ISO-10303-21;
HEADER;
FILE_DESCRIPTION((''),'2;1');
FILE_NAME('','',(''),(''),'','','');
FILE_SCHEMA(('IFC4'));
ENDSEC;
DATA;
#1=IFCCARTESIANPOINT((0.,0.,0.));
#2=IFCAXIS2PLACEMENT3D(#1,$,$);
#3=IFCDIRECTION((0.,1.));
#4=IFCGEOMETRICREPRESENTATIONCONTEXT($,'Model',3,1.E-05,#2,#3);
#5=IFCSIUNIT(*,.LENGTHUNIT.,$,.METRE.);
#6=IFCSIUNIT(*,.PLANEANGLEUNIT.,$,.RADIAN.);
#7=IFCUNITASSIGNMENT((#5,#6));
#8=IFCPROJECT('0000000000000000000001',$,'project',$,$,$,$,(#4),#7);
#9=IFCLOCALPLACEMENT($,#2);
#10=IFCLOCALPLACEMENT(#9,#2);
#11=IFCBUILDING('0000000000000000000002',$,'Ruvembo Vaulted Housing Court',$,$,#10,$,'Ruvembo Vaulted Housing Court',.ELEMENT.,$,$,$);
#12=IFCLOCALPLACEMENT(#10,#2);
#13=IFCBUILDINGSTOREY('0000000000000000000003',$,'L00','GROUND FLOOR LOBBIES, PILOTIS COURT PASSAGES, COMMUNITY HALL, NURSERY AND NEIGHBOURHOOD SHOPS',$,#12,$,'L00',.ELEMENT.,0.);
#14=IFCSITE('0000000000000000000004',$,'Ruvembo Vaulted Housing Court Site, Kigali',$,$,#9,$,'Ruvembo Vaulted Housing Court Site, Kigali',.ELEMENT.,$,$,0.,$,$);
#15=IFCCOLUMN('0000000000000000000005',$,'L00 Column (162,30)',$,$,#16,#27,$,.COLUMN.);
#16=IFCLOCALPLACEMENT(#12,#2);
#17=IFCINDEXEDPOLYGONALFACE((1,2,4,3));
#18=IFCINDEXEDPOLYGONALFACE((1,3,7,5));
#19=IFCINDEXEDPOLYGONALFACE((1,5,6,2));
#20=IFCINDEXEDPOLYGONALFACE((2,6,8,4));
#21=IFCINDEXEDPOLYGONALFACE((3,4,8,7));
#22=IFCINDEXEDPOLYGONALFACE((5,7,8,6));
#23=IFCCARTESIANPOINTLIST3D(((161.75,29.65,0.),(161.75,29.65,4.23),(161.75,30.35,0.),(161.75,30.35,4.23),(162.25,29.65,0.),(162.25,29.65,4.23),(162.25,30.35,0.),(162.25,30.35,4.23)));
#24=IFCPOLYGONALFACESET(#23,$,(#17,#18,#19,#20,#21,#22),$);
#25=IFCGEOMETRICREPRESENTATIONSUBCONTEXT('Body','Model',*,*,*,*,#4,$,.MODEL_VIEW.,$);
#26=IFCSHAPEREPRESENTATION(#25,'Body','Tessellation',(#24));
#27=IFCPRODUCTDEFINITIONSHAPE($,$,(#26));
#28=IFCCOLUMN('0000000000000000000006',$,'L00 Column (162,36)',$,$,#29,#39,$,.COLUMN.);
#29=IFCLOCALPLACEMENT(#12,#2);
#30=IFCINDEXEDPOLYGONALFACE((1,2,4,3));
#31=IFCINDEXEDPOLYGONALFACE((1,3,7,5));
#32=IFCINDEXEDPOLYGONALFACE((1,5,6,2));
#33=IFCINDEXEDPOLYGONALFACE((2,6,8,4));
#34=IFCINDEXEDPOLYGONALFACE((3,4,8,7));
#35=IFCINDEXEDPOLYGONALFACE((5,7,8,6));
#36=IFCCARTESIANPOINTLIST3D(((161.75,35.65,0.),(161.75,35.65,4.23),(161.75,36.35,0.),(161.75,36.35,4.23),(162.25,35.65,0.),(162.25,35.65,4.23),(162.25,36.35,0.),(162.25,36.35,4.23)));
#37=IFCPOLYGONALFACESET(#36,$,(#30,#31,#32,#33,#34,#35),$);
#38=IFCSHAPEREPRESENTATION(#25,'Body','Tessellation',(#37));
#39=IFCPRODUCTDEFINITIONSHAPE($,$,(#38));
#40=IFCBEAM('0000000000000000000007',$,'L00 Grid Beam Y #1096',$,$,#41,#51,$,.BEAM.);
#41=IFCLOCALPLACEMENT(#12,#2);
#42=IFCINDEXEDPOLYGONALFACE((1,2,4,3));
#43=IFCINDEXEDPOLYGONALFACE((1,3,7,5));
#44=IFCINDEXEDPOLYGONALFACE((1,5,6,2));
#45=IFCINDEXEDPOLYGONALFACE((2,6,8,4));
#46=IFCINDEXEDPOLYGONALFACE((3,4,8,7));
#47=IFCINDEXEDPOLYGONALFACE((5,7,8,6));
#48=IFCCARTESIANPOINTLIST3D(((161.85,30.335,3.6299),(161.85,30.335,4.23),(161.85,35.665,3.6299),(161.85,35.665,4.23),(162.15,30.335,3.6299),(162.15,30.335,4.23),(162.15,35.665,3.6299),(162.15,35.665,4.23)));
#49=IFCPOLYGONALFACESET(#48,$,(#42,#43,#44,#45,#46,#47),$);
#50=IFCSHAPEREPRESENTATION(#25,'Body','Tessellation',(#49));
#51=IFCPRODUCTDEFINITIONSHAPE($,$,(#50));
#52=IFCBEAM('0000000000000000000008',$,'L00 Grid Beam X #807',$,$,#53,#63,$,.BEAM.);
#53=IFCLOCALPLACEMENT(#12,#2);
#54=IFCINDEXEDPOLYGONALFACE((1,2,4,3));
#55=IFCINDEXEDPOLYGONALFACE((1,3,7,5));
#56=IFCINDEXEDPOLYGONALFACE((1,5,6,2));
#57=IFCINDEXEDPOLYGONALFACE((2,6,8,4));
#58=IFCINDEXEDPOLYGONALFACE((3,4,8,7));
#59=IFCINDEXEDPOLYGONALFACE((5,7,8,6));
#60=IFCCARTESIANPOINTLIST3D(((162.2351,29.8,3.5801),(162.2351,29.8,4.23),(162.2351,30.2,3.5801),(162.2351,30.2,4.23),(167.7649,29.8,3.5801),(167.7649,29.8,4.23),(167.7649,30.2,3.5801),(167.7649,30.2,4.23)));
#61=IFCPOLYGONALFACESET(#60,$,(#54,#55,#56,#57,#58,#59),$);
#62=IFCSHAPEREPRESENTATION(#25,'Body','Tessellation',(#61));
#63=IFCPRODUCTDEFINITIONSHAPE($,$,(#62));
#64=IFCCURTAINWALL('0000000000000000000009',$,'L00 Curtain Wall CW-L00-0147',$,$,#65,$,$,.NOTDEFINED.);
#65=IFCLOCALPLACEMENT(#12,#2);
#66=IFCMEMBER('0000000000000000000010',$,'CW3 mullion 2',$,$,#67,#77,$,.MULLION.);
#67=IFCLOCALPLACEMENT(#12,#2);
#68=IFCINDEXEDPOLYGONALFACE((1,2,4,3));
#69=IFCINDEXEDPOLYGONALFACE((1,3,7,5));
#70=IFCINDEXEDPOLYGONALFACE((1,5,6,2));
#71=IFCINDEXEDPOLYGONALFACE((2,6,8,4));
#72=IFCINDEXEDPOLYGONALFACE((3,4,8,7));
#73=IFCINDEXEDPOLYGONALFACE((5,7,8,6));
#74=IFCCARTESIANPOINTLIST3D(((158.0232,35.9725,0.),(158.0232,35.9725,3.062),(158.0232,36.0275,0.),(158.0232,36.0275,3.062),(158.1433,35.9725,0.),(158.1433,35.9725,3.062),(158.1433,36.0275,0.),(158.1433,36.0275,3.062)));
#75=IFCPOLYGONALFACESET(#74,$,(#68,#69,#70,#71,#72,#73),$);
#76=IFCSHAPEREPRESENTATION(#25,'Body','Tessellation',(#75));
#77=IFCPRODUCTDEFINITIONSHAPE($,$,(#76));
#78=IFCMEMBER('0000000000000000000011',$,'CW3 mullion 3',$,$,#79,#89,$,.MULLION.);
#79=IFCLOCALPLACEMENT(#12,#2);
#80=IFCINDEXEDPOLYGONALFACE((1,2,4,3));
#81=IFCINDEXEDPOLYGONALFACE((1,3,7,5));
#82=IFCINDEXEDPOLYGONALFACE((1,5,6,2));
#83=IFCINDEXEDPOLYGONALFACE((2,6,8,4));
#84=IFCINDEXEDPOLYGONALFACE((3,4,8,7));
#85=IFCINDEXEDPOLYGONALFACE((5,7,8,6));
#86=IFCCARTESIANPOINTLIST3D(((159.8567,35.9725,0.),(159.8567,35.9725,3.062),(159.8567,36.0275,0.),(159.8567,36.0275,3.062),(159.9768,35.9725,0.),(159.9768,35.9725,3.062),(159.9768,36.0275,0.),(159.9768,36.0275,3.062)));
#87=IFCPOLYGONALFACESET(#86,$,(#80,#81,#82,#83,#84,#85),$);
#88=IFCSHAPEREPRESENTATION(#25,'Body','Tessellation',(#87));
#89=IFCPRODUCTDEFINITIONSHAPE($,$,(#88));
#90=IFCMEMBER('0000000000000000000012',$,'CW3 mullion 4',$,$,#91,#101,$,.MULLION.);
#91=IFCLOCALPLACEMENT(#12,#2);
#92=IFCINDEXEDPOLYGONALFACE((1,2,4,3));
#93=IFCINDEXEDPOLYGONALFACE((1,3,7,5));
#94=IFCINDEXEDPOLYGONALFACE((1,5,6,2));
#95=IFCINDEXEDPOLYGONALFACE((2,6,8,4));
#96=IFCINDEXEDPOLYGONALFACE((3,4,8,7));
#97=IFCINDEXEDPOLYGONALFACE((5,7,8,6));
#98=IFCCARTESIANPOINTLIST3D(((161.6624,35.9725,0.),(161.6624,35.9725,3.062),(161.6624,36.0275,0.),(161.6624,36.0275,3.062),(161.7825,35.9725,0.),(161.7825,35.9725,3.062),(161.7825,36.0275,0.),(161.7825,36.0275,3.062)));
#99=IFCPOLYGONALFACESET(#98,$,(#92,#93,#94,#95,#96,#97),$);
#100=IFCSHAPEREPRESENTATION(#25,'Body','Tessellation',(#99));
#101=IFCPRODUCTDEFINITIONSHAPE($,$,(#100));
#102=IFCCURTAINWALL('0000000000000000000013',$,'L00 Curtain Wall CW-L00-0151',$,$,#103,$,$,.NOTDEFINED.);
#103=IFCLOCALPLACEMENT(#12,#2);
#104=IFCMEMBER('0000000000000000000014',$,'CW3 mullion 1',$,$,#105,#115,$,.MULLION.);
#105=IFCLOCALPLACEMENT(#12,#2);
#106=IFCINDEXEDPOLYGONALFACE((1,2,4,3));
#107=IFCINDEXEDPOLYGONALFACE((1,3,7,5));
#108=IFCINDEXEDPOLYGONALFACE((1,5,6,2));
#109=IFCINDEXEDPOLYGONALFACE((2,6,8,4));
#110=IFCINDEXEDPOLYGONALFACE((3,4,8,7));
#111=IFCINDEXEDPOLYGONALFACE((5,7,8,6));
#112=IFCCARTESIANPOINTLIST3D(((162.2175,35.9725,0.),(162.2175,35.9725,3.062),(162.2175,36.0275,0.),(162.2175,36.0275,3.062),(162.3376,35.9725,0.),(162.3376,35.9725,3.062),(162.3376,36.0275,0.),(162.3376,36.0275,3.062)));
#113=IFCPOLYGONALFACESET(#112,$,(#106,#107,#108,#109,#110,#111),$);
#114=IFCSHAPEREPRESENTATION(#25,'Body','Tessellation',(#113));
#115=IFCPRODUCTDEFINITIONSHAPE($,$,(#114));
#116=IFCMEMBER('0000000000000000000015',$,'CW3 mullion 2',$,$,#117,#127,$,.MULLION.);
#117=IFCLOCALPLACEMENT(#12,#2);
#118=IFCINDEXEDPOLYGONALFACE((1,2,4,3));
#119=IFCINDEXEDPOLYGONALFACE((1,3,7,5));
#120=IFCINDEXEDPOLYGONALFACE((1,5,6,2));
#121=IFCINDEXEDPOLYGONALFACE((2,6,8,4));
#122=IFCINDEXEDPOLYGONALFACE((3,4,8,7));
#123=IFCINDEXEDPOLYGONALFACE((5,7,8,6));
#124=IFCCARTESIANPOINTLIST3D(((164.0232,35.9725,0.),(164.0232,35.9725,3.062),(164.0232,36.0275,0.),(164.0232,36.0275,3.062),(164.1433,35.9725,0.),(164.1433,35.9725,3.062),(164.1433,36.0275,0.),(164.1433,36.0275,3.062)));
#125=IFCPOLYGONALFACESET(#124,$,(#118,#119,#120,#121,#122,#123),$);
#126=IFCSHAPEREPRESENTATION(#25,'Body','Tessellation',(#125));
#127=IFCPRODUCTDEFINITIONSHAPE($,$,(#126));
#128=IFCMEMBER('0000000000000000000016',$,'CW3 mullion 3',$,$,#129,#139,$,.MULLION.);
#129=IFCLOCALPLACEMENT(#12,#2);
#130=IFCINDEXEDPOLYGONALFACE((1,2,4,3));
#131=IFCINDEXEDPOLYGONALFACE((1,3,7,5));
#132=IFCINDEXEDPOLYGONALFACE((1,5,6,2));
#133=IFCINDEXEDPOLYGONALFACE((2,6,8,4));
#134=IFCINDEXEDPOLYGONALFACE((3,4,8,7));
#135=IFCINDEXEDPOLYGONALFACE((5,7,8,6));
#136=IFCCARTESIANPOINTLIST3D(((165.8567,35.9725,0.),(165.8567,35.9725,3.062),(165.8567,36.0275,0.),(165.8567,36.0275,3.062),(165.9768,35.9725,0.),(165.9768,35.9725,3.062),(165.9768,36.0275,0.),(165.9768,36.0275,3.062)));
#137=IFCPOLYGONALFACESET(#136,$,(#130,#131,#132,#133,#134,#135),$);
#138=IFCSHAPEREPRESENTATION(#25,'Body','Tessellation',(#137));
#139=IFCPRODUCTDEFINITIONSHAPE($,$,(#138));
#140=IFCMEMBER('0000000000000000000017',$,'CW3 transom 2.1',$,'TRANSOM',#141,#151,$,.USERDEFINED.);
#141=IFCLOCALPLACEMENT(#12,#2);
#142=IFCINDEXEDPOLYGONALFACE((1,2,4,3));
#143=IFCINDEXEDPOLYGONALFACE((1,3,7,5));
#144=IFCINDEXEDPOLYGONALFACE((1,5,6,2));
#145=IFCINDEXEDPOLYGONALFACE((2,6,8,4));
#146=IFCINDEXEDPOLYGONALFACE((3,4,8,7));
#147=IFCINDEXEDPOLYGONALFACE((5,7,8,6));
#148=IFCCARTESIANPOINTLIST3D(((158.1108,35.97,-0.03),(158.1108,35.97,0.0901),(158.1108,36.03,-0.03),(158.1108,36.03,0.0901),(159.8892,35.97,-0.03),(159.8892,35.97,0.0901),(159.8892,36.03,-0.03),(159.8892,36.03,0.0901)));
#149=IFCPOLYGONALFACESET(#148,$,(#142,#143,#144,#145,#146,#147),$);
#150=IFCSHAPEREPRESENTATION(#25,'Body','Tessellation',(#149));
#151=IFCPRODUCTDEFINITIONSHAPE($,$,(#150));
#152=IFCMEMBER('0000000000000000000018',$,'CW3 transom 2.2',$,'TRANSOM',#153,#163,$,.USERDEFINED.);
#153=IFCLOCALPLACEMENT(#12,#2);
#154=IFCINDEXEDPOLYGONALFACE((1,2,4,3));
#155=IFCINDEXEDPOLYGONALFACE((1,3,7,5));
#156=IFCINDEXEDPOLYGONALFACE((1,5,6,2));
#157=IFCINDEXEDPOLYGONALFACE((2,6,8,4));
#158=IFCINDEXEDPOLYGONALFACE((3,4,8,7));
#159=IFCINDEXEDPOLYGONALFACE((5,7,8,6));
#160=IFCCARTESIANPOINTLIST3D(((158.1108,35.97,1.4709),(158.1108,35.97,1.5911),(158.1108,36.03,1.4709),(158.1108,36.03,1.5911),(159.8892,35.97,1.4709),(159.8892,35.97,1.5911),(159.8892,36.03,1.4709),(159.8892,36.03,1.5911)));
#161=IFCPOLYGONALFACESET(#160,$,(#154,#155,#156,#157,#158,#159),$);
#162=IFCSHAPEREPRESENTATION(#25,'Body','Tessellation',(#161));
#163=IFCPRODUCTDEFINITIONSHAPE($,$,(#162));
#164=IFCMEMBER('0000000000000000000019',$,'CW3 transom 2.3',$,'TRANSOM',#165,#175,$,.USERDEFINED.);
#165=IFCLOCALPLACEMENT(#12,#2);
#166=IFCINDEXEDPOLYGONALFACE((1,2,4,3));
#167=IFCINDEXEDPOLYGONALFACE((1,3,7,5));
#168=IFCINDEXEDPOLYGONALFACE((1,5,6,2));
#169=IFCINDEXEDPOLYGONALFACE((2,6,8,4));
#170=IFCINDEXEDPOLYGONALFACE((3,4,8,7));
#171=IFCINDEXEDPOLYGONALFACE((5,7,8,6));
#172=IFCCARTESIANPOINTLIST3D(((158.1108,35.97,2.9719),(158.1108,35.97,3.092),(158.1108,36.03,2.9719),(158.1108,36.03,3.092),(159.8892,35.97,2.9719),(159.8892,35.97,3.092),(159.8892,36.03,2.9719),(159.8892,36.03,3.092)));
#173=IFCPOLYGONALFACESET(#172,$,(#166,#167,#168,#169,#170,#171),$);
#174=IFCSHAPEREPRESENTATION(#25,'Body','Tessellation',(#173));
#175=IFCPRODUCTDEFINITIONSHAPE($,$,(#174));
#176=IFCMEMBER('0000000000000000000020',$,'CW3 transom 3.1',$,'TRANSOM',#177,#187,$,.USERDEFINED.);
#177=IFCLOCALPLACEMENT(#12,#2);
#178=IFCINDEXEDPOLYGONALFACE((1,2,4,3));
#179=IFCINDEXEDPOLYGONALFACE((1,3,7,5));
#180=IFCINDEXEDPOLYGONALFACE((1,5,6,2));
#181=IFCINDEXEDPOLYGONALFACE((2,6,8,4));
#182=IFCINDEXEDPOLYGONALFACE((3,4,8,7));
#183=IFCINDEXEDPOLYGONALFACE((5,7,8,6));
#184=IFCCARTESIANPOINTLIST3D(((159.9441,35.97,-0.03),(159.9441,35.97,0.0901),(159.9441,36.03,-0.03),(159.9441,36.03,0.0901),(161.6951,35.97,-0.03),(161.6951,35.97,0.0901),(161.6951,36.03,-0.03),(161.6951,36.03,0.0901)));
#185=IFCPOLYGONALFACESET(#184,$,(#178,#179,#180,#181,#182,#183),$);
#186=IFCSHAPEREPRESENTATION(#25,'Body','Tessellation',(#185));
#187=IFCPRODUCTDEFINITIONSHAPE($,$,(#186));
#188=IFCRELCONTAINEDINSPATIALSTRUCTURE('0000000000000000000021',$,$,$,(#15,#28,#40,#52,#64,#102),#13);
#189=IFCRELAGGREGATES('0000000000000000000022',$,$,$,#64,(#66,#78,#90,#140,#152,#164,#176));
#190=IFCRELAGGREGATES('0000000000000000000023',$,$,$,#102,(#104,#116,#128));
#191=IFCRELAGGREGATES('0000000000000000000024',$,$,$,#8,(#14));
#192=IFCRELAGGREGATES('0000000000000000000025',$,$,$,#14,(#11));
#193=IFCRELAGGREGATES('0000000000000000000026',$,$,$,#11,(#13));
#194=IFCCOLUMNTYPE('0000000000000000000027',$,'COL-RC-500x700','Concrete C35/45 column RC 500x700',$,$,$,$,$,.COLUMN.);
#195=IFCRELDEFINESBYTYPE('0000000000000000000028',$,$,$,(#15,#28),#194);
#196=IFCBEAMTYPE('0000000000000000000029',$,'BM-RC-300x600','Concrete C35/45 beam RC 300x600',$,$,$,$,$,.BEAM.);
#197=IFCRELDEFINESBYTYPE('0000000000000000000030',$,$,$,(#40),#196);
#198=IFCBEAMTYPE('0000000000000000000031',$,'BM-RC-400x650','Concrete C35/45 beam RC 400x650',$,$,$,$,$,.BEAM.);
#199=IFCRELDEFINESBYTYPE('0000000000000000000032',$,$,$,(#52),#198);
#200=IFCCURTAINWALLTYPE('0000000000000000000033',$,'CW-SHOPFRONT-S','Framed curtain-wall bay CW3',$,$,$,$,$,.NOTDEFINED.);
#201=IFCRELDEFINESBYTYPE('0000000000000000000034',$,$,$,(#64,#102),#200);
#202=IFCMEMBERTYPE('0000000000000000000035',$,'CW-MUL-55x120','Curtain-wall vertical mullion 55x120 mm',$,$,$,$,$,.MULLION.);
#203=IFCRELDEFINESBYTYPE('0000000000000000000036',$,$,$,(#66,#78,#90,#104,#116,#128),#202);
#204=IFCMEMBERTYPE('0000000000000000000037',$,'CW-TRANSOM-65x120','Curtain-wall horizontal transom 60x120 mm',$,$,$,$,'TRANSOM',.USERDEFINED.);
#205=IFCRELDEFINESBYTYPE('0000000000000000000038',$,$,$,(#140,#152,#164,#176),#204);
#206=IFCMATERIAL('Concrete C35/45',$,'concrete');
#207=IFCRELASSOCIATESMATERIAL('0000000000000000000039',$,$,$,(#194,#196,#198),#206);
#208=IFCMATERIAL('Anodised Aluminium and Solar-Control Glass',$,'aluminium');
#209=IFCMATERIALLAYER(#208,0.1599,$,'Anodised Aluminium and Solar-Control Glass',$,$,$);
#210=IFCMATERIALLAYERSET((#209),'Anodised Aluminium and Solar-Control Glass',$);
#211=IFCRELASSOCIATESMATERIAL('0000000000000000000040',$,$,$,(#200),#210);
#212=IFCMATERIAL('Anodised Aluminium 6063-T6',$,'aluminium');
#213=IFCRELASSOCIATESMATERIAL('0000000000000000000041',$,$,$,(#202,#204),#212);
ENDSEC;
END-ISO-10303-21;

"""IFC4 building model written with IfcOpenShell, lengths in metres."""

from ifc_helpers import new_model, si_unit, direction, frame, origin, origin_2d, place, context, subcontext, project, spatial, rectangle, extrude, material, layer, layer_set, material_profile, profile_set, type_object, element, aggregate, save


model = new_model("IFC4")

# Units and contexts
model_context = context("Model", 3, precision=1e-05, world=origin(), true_north=direction((0.0, 1.0)))
body_context = subcontext(model_context, "Body", "Model", "MODEL_VIEW")
ifc_project = project(units=[si_unit("LENGTHUNIT", "METRE"), si_unit("PLANEANGLEUNIT", "RADIAN")], contexts=[model_context])

# Site, building, storey
site_placement = place(None, origin())
site = spatial("IfcSite", under=ifc_project, at=site_placement, Name="Ruvembo Vaulted Housing Court Site, Kigali", LongName="Ruvembo Vaulted Housing Court Site, Kigali", CompositionType="ELEMENT", RefElevation=0.0)
building_placement = place(site_placement, origin())
building = spatial("IfcBuilding", under=site, at=building_placement, Name="Ruvembo Vaulted Housing Court", LongName="Ruvembo Vaulted Housing Court", CompositionType="ELEMENT")
storey_placement = place(building_placement, origin())
storey = spatial("IfcBuildingStorey", under=building, at=storey_placement, Name="L00", Description="GROUND FLOOR LOBBIES, PILOTIS COURT PASSAGES, COMMUNITY HALL, NURSERY AND NEIGHBOURHOOD SHOPS", LongName="L00", CompositionType="ELEMENT", Elevation=0.0)

# Columns
ifc_material_1 = material(Name="Concrete C35/45", Category="concrete")
ifc_material_profile_1 = material_profile(ifc_material_1, rectangle(XDim=0.5, YDim=0.7, at=origin_2d()), Name="RC 500x700")
ifc_profile_set_1 = profile_set([ifc_material_profile_1], Name="Concrete C35/45")
column_type = type_object("IfcColumnType", Name="COL-RC-500x700", Description="Concrete C35/45 column RC 500x700", PredefinedType="COLUMN", material=ifc_profile_set_1)
for number, where, z_axis, x_axis, name in (
    (1, (162.0, 30.0, 0.0), (0.0, 0.0, 1.0), (1.0, 0.0, 0.0), "L00 Column (162,30)"),
    (2, (162.0, 36.0, 0.0), (0.0, 0.0, 1.0), (1.0, 0.0, 0.0), "L00 Column (162,36)"),
):
    element("IfcColumn", number, at=place(storey_placement, frame(where, z_axis=z_axis, x_axis=x_axis)), inside=storey, type_object=column_type, Name=name, PredefinedType="COLUMN", context=body_context, shape_type="SweptSolid", body=[
        extrude(rectangle(XDim=0.5, YDim=0.7, at=origin_2d()), origin(), (0.0, 0.0, 1.0), 4.23),
    ])

# Beams
ifc_material_profile_2 = material_profile(ifc_material_1, rectangle(XDim=0.3, YDim=0.6001, at=origin_2d()), Name="RC 300x600")
ifc_profile_set_2 = profile_set([ifc_material_profile_2], Name="Concrete C35/45")
beam_type_1 = type_object("IfcBeamType", Name="BM-RC-300x600", Description="Concrete C35/45 beam RC 300x600", PredefinedType="BEAM", material=ifc_profile_set_2)
beam_1_placement = place(storey_placement, frame((162.0, 30.335, 3.9299), z_axis=(0.0, 1.0, 0.0), x_axis=(-1.0, 0.0, 0.0)))
element("IfcBeam", 3, at=beam_1_placement, inside=storey, type_object=beam_type_1, Name="L00 Grid Beam Y #1096", PredefinedType="BEAM", context=body_context, shape_type="SweptSolid", body=[
    extrude(rectangle(XDim=0.3, YDim=0.6001, at=origin_2d()), origin(), (0.0, 0.0, 1.0), 5.3301),
])
ifc_material_profile_3 = material_profile(ifc_material_1, rectangle(XDim=0.3999, YDim=0.6499, at=origin_2d()), Name="RC 400x650")
ifc_profile_set_3 = profile_set([ifc_material_profile_3], Name="Concrete C35/45")
beam_type_2 = type_object("IfcBeamType", Name="BM-RC-400x650", Description="Concrete C35/45 beam RC 400x650", PredefinedType="BEAM", material=ifc_profile_set_3)
beam_2_placement = place(storey_placement, frame((162.2351, 30.0, 3.905), z_axis=(1.0, 0.0, 0.0), x_axis=(0.0, 1.0, 0.0)))
element("IfcBeam", 4, at=beam_2_placement, inside=storey, type_object=beam_type_2, Name="L00 Grid Beam X #807", PredefinedType="BEAM", context=body_context, shape_type="SweptSolid", body=[
    extrude(rectangle(XDim=0.3999, YDim=0.6499, at=origin_2d()), origin(), (0.0, 0.0, 1.0), 5.5298),
])

# Curtain walls, members
ifc_material_2 = material(Name="Anodised Aluminium and Solar-Control Glass", Category="aluminium")
ifc_layer_1 = layer(ifc_material_2, 0.1599, Name="Anodised Aluminium and Solar-Control Glass")
ifc_layer_set_1 = layer_set([ifc_layer_1], Name="Anodised Aluminium and Solar-Control Glass")
curtain_wall_type = type_object("IfcCurtainWallType", Name="CW-SHOPFRONT-S", Description="Framed curtain-wall bay CW3", PredefinedType="NOTDEFINED", material=ifc_layer_set_1)
curtain_wall_1_placement = place(storey_placement, origin())
curtain_wall_1 = element("IfcCurtainWall", 5, at=curtain_wall_1_placement, inside=storey, type_object=curtain_wall_type, Name="L00 Curtain Wall CW-L00-0147", PredefinedType="NOTDEFINED")
ifc_material_3 = material(Name="Anodised Aluminium 6063-T6", Category="aluminium")
ifc_material_profile_4 = material_profile(ifc_material_3, rectangle(XDim=0.0549, YDim=0.1201, at=origin_2d()), Name="ALU 55x120")
ifc_profile_set_4 = profile_set([ifc_material_profile_4], Name="Anodised Aluminium 6063-T6")
member_type_1 = type_object("IfcMemberType", Name="CW-MUL-55x120", Description="Curtain-wall vertical mullion 55x120 mm", PredefinedType="MULLION", material=ifc_profile_set_4)
member_1_placement = place(storey_placement, frame((158.0833, 36.0, 0.0), z_axis=(0.0, 0.0, 1.0), x_axis=(0.0, 1.0, 0.0)))
member_1 = element("IfcMember", 6, at=member_1_placement, type_object=member_type_1, Name="CW3 mullion 2", PredefinedType="MULLION", context=body_context, shape_type="SweptSolid", body=[
    extrude(rectangle(XDim=0.0549, YDim=0.1201, at=origin_2d()), origin(), (0.0, 0.0, 1.0), 3.062),
])
member_2_placement = place(storey_placement, frame((159.9167, 36.0, 0.0), z_axis=(0.0, 0.0, 1.0), x_axis=(0.0, 1.0, 0.0)))
member_2 = element("IfcMember", 7, at=member_2_placement, type_object=member_type_1, Name="CW3 mullion 3", PredefinedType="MULLION", context=body_context, shape_type="SweptSolid", body=[
    extrude(rectangle(XDim=0.0549, YDim=0.1201, at=origin_2d()), origin(), (0.0, 0.0, 1.0), 3.062),
])
member_3_placement = place(storey_placement, frame((161.7224, 36.0, 0.0), z_axis=(0.0, 0.0, 1.0), x_axis=(0.0, 1.0, 0.0)))
member_3 = element("IfcMember", 8, at=member_3_placement, type_object=member_type_1, Name="CW3 mullion 4", PredefinedType="MULLION", context=body_context, shape_type="SweptSolid", body=[
    extrude(rectangle(XDim=0.0549, YDim=0.1201, at=origin_2d()), origin(), (0.0, 0.0, 1.0), 3.062),
])
curtain_wall_2_placement = place(storey_placement, origin())
curtain_wall_2 = element("IfcCurtainWall", 9, at=curtain_wall_2_placement, inside=storey, type_object=curtain_wall_type, Name="L00 Curtain Wall CW-L00-0151", PredefinedType="NOTDEFINED")
member_4_placement = place(storey_placement, frame((162.2776, 36.0, 0.0), z_axis=(0.0, 0.0, 1.0), x_axis=(0.0, 1.0, 0.0)))
member_4 = element("IfcMember", 10, at=member_4_placement, type_object=member_type_1, Name="CW3 mullion 1", PredefinedType="MULLION", context=body_context, shape_type="SweptSolid", body=[
    extrude(rectangle(XDim=0.0549, YDim=0.1201, at=origin_2d()), origin(), (0.0, 0.0, 1.0), 3.062),
])
member_5_placement = place(storey_placement, frame((164.0833, 36.0, 0.0), z_axis=(0.0, 0.0, 1.0), x_axis=(0.0, 1.0, 0.0)))
member_5 = element("IfcMember", 11, at=member_5_placement, type_object=member_type_1, Name="CW3 mullion 2", PredefinedType="MULLION", context=body_context, shape_type="SweptSolid", body=[
    extrude(rectangle(XDim=0.0549, YDim=0.1201, at=origin_2d()), origin(), (0.0, 0.0, 1.0), 3.062),
])
member_6_placement = place(storey_placement, frame((165.9167, 36.0, 0.0), z_axis=(0.0, 0.0, 1.0), x_axis=(0.0, 1.0, 0.0)))
member_6 = element("IfcMember", 12, at=member_6_placement, type_object=member_type_1, Name="CW3 mullion 3", PredefinedType="MULLION", context=body_context, shape_type="SweptSolid", body=[
    extrude(rectangle(XDim=0.0549, YDim=0.1201, at=origin_2d()), origin(), (0.0, 0.0, 1.0), 3.062),
])

# Members
ifc_material_profile_5 = material_profile(ifc_material_3, rectangle(XDim=0.0601, YDim=0.1201, at=origin_2d()), Name="ALU 60x120")
ifc_profile_set_5 = profile_set([ifc_material_profile_5], Name="Anodised Aluminium 6063-T6")
member_type_2 = type_object("IfcMemberType", Name="CW-TRANSOM-65x120", Description="Curtain-wall horizontal transom 60x120 mm", ElementType="TRANSOM", PredefinedType="USERDEFINED", material=ifc_profile_set_5)
member_7_placement = place(storey_placement, frame((158.1108, 36.0, 0.03), z_axis=(1.0, 0.0, 0.0), x_axis=(0.0, 1.0, 0.0)))
member_7 = element("IfcMember", 13, at=member_7_placement, type_object=member_type_2, Name="CW3 transom 2.1", ObjectType="TRANSOM", PredefinedType="USERDEFINED", context=body_context, shape_type="SweptSolid", body=[
    extrude(rectangle(XDim=0.0601, YDim=0.1201, at=origin_2d()), origin(), (0.0, 0.0, 1.0), 1.7783),
])
member_8_placement = place(storey_placement, frame((158.1108, 36.0, 1.531), z_axis=(1.0, 0.0, 0.0), x_axis=(0.0, 1.0, 0.0)))
member_8 = element("IfcMember", 14, at=member_8_placement, type_object=member_type_2, Name="CW3 transom 2.2", ObjectType="TRANSOM", PredefinedType="USERDEFINED", context=body_context, shape_type="SweptSolid", body=[
    extrude(rectangle(XDim=0.0601, YDim=0.1201, at=origin_2d()), origin(), (0.0, 0.0, 1.0), 1.7783),
])
member_9_placement = place(storey_placement, frame((158.1108, 36.0, 3.032), z_axis=(1.0, 0.0, 0.0), x_axis=(0.0, 1.0, 0.0)))
member_9 = element("IfcMember", 15, at=member_9_placement, type_object=member_type_2, Name="CW3 transom 2.3", ObjectType="TRANSOM", PredefinedType="USERDEFINED", context=body_context, shape_type="SweptSolid", body=[
    extrude(rectangle(XDim=0.0601, YDim=0.1201, at=origin_2d()), origin(), (0.0, 0.0, 1.0), 1.7783),
])
member_10_placement = place(storey_placement, frame((159.9441, 36.0, 0.03), z_axis=(1.0, 0.0, 0.0), x_axis=(0.0, 1.0, 0.0)))
member_10 = element("IfcMember", 16, at=member_10_placement, type_object=member_type_2, Name="CW3 transom 3.1", ObjectType="TRANSOM", PredefinedType="USERDEFINED", context=body_context, shape_type="SweptSolid", body=[
    extrude(rectangle(XDim=0.0601, YDim=0.1201, at=origin_2d()), origin(), (0.0, 0.0, 1.0), 1.751),
])

aggregate(curtain_wall_1, [member_1, member_2, member_3, member_7, member_8, member_9, member_10])
aggregate(curtain_wall_2, [member_4, member_5, member_6])

save(model, "model.ifc")
